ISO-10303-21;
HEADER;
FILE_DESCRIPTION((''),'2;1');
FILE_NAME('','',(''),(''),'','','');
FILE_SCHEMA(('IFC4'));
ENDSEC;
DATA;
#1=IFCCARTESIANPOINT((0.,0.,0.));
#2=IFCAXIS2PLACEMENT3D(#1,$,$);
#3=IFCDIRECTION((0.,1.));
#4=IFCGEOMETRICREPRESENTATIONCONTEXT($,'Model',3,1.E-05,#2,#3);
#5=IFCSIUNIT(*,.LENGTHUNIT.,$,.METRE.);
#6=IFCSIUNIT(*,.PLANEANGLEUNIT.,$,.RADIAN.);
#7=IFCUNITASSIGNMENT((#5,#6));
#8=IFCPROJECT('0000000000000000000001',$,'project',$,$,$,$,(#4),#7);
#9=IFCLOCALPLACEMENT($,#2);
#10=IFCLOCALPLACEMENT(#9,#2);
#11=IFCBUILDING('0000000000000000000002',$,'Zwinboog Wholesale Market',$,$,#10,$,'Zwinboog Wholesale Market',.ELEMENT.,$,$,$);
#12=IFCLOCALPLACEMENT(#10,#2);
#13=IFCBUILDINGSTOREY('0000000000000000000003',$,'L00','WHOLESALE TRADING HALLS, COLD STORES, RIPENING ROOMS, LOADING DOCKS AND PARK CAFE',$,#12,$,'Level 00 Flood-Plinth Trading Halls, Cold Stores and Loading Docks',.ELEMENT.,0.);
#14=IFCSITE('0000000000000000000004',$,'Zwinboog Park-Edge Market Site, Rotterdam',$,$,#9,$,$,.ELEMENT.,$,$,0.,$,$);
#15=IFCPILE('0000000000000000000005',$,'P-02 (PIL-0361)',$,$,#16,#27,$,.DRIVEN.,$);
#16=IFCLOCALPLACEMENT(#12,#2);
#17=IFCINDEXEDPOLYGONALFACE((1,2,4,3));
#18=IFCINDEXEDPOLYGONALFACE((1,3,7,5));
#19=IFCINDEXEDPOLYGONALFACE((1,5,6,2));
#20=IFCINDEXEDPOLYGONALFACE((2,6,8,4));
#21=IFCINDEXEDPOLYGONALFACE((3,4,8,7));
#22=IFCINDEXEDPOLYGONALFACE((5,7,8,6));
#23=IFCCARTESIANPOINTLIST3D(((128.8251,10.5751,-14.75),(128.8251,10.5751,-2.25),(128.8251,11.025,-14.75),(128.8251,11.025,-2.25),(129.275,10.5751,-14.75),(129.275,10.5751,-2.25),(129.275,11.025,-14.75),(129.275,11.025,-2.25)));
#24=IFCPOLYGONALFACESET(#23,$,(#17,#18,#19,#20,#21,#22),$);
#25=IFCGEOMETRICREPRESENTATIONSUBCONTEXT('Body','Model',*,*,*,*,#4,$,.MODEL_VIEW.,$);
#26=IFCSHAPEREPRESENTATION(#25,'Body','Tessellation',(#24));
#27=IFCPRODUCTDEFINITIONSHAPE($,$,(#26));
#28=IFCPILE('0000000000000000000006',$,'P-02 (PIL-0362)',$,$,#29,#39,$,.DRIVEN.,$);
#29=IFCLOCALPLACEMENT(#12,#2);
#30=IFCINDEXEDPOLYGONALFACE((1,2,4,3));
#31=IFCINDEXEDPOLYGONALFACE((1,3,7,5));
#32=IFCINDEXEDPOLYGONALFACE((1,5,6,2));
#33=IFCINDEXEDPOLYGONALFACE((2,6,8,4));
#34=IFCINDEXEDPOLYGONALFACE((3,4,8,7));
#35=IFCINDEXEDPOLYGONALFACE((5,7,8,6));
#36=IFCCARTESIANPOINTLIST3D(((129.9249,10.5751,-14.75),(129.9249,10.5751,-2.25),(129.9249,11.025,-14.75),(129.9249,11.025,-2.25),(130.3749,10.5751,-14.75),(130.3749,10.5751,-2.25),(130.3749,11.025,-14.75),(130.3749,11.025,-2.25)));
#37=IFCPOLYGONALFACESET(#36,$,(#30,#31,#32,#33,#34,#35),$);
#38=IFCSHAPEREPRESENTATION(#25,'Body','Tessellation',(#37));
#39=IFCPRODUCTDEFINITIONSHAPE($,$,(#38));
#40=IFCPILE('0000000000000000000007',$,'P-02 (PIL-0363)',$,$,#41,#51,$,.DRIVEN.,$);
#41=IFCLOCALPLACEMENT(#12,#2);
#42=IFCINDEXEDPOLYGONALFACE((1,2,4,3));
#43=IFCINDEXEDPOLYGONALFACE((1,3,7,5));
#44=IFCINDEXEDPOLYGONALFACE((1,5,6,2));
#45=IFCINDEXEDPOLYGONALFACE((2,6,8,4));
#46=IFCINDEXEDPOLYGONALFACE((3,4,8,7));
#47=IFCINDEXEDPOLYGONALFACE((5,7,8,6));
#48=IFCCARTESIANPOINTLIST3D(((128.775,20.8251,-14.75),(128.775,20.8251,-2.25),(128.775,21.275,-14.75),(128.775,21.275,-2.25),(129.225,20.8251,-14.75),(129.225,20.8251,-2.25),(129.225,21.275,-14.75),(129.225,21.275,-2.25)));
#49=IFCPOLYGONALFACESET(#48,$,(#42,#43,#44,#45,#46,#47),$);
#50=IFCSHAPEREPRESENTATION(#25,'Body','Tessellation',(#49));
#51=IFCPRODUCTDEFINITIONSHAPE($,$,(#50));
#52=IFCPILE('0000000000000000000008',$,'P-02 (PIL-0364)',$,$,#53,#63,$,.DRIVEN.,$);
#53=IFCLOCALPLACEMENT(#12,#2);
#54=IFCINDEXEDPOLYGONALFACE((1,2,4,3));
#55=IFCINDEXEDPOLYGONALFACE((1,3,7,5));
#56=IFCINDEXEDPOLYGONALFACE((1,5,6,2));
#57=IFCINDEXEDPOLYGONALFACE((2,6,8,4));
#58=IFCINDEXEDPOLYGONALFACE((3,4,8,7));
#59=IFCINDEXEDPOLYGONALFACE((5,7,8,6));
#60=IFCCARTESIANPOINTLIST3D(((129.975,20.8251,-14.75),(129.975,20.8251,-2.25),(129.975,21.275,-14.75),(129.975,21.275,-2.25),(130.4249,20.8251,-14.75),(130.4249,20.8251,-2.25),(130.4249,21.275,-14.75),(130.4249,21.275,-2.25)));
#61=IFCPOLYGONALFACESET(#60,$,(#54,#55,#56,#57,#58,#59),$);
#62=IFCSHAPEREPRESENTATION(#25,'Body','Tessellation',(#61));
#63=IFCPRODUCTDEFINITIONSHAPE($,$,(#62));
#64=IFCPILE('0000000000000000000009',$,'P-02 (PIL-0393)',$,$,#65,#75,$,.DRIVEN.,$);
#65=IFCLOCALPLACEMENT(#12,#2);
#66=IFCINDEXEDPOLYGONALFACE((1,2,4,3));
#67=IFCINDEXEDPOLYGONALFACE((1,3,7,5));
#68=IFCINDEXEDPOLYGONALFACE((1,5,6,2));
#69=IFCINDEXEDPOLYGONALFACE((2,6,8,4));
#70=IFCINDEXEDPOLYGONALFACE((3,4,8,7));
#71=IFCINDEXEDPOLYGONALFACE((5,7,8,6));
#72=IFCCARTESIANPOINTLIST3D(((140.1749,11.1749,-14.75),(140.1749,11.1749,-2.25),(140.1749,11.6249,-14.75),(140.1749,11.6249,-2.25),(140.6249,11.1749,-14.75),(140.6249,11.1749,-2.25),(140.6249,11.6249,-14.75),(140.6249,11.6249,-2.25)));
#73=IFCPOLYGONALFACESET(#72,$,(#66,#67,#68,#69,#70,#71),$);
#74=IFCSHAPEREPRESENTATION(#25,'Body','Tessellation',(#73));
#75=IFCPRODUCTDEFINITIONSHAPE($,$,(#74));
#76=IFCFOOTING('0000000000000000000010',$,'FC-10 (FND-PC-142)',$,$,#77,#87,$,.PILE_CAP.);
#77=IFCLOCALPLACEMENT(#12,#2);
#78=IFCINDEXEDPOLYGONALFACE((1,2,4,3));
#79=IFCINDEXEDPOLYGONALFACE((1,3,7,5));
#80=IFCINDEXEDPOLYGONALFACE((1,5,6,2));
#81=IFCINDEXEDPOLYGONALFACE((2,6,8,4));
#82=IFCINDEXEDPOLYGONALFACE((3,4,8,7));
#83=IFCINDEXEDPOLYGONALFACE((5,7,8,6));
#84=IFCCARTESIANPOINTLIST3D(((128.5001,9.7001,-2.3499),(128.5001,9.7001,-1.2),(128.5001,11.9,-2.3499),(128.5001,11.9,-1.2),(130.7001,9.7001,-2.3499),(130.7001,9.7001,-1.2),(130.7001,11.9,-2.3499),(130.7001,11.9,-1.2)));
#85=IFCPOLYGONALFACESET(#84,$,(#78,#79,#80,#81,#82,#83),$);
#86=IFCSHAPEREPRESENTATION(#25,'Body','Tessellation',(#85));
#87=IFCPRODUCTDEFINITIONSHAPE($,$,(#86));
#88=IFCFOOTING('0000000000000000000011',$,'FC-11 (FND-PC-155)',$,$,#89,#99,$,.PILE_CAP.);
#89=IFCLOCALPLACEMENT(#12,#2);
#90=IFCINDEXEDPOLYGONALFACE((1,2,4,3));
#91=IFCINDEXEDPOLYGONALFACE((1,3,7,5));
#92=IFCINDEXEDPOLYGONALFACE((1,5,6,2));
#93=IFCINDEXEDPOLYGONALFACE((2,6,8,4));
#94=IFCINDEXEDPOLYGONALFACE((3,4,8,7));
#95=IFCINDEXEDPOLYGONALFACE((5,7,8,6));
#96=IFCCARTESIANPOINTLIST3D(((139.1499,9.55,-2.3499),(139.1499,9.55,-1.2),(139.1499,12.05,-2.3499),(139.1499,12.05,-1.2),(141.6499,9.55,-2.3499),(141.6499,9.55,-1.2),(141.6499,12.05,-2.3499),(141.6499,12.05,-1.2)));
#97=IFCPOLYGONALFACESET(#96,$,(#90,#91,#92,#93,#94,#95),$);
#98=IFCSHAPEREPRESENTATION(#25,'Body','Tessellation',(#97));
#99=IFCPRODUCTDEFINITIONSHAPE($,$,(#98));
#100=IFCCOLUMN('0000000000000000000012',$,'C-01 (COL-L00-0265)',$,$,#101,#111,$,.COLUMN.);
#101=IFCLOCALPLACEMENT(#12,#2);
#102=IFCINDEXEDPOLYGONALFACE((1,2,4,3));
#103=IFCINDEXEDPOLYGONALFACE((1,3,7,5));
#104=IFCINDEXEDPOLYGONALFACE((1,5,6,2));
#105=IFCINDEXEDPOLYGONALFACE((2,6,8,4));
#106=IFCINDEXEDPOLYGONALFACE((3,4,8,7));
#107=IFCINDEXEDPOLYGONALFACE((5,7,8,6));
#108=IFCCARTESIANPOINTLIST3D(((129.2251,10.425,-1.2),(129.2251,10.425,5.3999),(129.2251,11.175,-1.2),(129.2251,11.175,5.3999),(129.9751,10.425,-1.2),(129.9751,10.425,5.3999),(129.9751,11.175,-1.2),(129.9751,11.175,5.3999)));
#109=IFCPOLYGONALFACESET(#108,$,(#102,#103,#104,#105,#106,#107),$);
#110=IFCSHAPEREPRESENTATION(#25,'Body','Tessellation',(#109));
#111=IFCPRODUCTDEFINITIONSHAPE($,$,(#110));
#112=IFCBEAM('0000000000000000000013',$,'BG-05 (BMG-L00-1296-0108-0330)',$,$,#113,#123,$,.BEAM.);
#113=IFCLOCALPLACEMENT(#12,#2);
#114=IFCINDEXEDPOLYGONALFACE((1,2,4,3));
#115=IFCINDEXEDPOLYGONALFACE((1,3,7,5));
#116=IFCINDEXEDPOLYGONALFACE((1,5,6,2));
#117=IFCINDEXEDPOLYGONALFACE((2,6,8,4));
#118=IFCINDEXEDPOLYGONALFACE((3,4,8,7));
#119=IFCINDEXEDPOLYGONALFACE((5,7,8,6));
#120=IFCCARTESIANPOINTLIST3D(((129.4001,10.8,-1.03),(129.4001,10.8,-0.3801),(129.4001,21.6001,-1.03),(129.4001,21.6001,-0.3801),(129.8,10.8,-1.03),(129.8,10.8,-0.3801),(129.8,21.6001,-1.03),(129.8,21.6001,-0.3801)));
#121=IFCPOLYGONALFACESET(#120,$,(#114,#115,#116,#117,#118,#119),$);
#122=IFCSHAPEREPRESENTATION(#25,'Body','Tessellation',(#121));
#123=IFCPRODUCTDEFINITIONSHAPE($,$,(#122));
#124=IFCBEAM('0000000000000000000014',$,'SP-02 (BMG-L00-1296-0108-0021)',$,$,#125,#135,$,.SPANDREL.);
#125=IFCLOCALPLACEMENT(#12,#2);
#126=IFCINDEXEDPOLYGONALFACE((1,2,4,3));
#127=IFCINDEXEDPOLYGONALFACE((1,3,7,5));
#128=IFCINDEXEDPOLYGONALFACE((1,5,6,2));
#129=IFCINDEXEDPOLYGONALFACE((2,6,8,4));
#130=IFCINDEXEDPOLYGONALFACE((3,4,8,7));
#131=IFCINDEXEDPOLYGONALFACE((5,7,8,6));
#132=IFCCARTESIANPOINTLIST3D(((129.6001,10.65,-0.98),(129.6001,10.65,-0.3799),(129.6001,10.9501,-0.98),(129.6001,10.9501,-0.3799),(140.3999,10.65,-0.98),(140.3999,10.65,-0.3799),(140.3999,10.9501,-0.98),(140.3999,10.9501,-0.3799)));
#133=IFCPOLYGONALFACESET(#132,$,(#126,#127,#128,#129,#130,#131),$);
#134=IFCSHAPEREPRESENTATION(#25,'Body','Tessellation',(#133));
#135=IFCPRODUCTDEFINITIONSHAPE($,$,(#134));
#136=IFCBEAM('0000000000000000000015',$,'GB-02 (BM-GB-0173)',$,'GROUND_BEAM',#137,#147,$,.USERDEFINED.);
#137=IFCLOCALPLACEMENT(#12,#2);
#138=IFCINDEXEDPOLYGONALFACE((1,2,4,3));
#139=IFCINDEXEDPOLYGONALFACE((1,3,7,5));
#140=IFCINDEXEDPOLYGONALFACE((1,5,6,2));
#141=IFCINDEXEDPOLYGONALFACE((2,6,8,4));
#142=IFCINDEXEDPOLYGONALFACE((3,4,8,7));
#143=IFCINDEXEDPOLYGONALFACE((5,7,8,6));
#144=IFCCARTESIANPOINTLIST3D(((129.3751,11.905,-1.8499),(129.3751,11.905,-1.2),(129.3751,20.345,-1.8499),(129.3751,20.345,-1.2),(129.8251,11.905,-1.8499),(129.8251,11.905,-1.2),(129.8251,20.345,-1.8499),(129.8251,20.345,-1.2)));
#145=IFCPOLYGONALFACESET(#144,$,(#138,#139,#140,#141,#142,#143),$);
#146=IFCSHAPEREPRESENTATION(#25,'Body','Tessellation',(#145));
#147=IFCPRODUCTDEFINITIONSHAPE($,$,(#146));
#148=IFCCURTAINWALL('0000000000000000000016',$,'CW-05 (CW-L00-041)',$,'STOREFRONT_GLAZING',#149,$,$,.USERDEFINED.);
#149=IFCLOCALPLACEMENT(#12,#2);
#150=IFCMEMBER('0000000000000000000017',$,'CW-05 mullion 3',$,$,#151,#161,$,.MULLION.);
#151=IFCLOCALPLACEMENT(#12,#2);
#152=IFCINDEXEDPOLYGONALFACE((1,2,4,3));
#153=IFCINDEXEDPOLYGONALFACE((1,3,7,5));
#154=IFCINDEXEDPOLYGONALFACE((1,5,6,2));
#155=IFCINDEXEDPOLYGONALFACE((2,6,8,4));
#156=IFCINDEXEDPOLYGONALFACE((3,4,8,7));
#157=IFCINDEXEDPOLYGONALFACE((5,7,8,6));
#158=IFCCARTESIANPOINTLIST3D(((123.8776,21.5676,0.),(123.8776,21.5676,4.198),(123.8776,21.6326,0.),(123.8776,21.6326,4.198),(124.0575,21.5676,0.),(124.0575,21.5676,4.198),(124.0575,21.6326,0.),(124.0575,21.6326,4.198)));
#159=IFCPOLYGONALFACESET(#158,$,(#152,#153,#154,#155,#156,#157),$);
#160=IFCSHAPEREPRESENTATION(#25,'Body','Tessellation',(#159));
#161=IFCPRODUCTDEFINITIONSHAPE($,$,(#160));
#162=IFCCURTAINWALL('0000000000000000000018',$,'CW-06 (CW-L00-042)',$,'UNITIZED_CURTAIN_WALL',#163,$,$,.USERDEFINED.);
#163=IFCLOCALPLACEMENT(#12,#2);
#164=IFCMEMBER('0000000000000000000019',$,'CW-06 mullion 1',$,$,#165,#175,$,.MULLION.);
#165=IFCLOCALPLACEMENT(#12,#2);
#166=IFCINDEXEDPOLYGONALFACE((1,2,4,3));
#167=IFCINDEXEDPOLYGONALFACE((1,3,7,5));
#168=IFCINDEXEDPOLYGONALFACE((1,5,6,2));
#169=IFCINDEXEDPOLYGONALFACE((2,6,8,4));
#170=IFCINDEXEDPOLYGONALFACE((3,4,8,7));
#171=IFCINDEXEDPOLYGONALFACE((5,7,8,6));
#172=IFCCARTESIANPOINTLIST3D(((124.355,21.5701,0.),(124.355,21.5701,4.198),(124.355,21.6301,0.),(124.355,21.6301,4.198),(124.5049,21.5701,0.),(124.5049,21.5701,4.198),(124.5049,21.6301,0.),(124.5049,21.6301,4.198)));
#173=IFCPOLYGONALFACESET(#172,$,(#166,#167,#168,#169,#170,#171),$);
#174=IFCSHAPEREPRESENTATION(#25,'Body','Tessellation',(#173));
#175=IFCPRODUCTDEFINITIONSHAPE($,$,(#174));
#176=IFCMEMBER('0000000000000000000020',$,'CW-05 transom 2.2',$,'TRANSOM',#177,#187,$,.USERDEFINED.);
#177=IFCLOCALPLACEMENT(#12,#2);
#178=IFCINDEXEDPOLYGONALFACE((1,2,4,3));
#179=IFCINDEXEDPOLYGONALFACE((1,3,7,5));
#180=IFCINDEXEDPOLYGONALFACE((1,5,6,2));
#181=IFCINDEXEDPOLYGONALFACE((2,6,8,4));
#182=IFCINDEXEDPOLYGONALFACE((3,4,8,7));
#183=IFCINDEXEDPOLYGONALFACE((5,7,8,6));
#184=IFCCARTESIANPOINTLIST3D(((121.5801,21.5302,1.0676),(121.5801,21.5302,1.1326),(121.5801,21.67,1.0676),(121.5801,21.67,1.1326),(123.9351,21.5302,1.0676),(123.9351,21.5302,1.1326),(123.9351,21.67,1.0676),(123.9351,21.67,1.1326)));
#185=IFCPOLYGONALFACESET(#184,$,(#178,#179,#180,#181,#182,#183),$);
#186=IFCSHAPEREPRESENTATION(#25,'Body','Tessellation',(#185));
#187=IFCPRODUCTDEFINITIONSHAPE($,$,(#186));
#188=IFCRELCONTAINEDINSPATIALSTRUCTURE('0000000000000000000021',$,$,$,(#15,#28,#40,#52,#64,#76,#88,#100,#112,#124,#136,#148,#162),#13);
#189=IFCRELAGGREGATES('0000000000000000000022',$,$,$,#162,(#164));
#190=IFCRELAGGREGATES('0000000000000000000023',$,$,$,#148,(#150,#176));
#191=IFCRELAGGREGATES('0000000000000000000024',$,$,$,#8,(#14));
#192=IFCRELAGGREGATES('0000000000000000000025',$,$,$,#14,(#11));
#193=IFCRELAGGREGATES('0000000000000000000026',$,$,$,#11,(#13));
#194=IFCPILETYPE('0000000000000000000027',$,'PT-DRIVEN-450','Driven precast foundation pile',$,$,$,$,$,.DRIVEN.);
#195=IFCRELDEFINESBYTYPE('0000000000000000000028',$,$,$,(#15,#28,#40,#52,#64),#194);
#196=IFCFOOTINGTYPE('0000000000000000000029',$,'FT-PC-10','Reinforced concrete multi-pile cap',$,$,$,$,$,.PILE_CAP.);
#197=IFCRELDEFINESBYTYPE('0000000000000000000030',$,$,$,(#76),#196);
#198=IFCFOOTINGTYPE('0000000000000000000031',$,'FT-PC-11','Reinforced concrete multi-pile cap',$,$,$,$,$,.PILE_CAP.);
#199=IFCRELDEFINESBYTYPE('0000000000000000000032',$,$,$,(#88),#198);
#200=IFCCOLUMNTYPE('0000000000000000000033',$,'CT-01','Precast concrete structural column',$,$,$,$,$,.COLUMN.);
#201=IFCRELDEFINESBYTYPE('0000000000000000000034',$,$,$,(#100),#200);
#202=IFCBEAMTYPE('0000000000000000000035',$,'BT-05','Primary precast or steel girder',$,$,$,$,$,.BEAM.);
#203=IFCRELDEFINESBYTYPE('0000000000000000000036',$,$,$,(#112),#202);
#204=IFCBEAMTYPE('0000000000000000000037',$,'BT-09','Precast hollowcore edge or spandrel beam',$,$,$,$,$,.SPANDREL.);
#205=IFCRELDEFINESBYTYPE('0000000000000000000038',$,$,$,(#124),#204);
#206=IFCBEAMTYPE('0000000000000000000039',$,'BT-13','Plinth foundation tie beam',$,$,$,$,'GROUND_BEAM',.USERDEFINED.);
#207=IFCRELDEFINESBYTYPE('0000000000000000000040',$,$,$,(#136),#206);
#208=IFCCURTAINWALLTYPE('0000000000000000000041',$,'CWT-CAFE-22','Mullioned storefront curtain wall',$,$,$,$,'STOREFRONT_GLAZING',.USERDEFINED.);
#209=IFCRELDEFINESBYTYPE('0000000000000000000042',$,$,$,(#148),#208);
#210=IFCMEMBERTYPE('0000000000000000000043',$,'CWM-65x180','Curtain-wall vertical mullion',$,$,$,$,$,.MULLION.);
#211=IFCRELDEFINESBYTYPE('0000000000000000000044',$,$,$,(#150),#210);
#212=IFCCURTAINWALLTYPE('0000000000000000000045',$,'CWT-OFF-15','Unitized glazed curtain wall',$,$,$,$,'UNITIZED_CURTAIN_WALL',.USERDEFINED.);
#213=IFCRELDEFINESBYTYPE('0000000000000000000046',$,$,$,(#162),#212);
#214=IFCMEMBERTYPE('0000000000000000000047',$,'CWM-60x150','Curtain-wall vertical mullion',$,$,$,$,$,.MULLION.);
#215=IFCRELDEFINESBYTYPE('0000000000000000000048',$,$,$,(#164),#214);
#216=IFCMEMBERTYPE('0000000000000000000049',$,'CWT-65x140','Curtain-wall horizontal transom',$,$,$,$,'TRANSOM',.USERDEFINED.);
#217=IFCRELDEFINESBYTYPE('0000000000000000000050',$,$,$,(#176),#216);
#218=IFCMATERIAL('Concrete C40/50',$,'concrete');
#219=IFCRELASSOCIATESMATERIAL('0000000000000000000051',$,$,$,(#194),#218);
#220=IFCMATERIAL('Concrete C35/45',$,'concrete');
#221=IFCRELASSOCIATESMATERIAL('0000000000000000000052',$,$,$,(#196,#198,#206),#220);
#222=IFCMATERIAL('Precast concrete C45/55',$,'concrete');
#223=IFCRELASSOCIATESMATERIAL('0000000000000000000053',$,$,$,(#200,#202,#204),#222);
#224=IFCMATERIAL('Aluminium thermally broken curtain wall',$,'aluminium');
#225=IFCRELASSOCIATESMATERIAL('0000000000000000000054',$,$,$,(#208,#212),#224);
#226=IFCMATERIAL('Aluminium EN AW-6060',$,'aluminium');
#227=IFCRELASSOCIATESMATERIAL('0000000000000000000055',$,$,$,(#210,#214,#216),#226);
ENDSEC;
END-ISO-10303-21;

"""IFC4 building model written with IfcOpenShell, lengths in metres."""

from ifc_helpers import new_model, si_unit, direction, frame, origin, origin_2d, place, context, subcontext, project, spatial, rectangle, extrude, material, material_profile, profile_set, type_object, element, aggregate, save


model = new_model("IFC4")

# Units and contexts
model_context = context("Model", 3, precision=1e-05, world=origin(), true_north=direction((0.0, 1.0)))
body_context = subcontext(model_context, "Body", "Model", "MODEL_VIEW")
ifc_project = project(units=[si_unit("LENGTHUNIT", "METRE"), si_unit("PLANEANGLEUNIT", "RADIAN")], contexts=[model_context])

# Site, building, storey
site_placement = place(None, origin())
site = spatial("IfcSite", under=ifc_project, at=site_placement, Name="Zwinboog Park-Edge Market Site, Rotterdam", CompositionType="ELEMENT", RefElevation=0.0)
building_placement = place(site_placement, origin())
building = spatial("IfcBuilding", under=site, at=building_placement, Name="Zwinboog Wholesale Market", LongName="Zwinboog Wholesale Market", CompositionType="ELEMENT")
storey_placement = place(building_placement, origin())
storey = spatial("IfcBuildingStorey", under=building, at=storey_placement, Name="L00", Description="WHOLESALE TRADING HALLS, COLD STORES, RIPENING ROOMS, LOADING DOCKS AND PARK CAFE", LongName="Level 00 Flood-Plinth Trading Halls, Cold Stores and Loading Docks", CompositionType="ELEMENT", Elevation=0.0)

# Piles
ifc_material_1 = material(Name="Concrete C40/50", Category="concrete")
ifc_material_profile_1 = material_profile(ifc_material_1, rectangle(XDim=0.45, YDim=0.45, at=origin_2d()), Name="PILE SQ450")
ifc_profile_set_1 = profile_set([ifc_material_profile_1], Name="Concrete C40/50")
pile_type = type_object("IfcPileType", Name="PT-DRIVEN-450", Description="Driven precast foundation pile", PredefinedType="DRIVEN", material=ifc_profile_set_1)
for number, where, z_axis, x_axis, name in (
    (1, (129.05, 10.8, -2.25), (0.0, 0.0, -1.0), (1.0, 0.0, 0.0), "P-02 (PIL-0361)"),
    (2, (130.1499, 10.8, -2.25), (0.0, 0.0, -1.0), (1.0, 0.0, 0.0), "P-02 (PIL-0362)"),
    (3, (129.0, 21.05, -2.25), (0.0, 0.0, -1.0), (1.0, 0.0, 0.0), "P-02 (PIL-0363)"),
    (4, (130.2, 21.05, -2.25), (0.0, 0.0, -1.0), (1.0, 0.0, 0.0), "P-02 (PIL-0364)"),
    (5, (140.3999, 11.3999, -2.25), (0.0, 0.0, -1.0), (1.0, 0.0, 0.0), "P-02 (PIL-0393)"),
):
    element("IfcPile", number, at=place(storey_placement, frame(where, z_axis=z_axis, x_axis=x_axis)), inside=storey, type_object=pile_type, Name=name, PredefinedType="DRIVEN", context=body_context, shape_type="SweptSolid", body=[
        extrude(rectangle(XDim=0.45, YDim=0.45, at=origin_2d()), origin(), (0.0, 0.0, 1.0), 12.5),
    ])

# Footings
ifc_material_2 = material(Name="Concrete C35/45", Category="concrete")
footing_type_1 = type_object("IfcFootingType", Name="FT-PC-10", Description="Reinforced concrete multi-pile cap", PredefinedType="PILE_CAP", material=ifc_material_2)
footing_1_placement = place(storey_placement, frame((129.6001, 10.8, -2.3499), z_axis=(0.0, 0.0, 1.0), x_axis=(1.0, 0.0, 0.0)))
element("IfcFooting", 6, at=footing_1_placement, inside=storey, type_object=footing_type_1, Name="FC-10 (FND-PC-142)", PredefinedType="PILE_CAP", context=body_context, shape_type="SweptSolid", body=[
    extrude(rectangle(XDim=2.2, YDim=2.2, at=origin_2d()), origin(), (0.0, 0.0, 1.0), 1.1499),
])
footing_type_2 = type_object("IfcFootingType", Name="FT-PC-11", Description="Reinforced concrete multi-pile cap", PredefinedType="PILE_CAP", material=ifc_material_2)
footing_2_placement = place(storey_placement, frame((140.3999, 10.8, -2.3499), z_axis=(0.0, 0.0, 1.0), x_axis=(1.0, 0.0, 0.0)))
element("IfcFooting", 7, at=footing_2_placement, inside=storey, type_object=footing_type_2, Name="FC-11 (FND-PC-155)", PredefinedType="PILE_CAP", context=body_context, shape_type="SweptSolid", body=[
    extrude(rectangle(XDim=2.5, YDim=2.5, at=origin_2d()), origin(), (0.0, 0.0, 1.0), 1.1499),
])

# Column
ifc_material_3 = material(Name="Precast concrete C45/55", Category="concrete")
ifc_material_profile_2 = material_profile(ifc_material_3, rectangle(XDim=0.75, YDim=0.75, at=origin_2d()), Name="PC 750x750")
ifc_profile_set_2 = profile_set([ifc_material_profile_2], Name="Precast concrete C45/55")
column_type = type_object("IfcColumnType", Name="CT-01", Description="Precast concrete structural column", PredefinedType="COLUMN", material=ifc_profile_set_2)
column_placement = place(storey_placement, frame((129.6001, 10.8, -1.2), z_axis=(0.0, 0.0, 1.0), x_axis=(1.0, 0.0, 0.0)))
element("IfcColumn", 8, at=column_placement, inside=storey, type_object=column_type, Name="C-01 (COL-L00-0265)", PredefinedType="COLUMN", context=body_context, shape_type="SweptSolid", body=[
    extrude(rectangle(XDim=0.75, YDim=0.75, at=origin_2d()), origin(), (0.0, 0.0, 1.0), 6.5999),
])

# Beams
ifc_material_profile_3 = material_profile(ifc_material_3, rectangle(XDim=0.3999, YDim=0.6499, at=origin_2d()), Name="PC 400x650")
ifc_profile_set_3 = profile_set([ifc_material_profile_3], Name="Precast concrete C45/55")
beam_type_1 = type_object("IfcBeamType", Name="BT-05", Description="Primary precast or steel girder", PredefinedType="BEAM", material=ifc_profile_set_3)
beam_1_placement = place(storey_placement, frame((129.6001, 10.8, -0.7051), z_axis=(0.0, 1.0, 0.0), x_axis=(-1.0, 0.0, 0.0)))
element("IfcBeam", 9, at=beam_1_placement, inside=storey, type_object=beam_type_1, Name="BG-05 (BMG-L00-1296-0108-0330)", PredefinedType="BEAM", context=body_context, shape_type="SweptSolid", body=[
    extrude(rectangle(XDim=0.3999, YDim=0.6499, at=origin_2d()), origin(), (0.0, 0.0, 1.0), 10.8),
])
ifc_material_profile_4 = material_profile(ifc_material_3, rectangle(XDim=0.3, YDim=0.6001, at=origin_2d()), Name="PC 300x600")
ifc_profile_set_4 = profile_set([ifc_material_profile_4], Name="Precast concrete C45/55")
beam_type_2 = type_object("IfcBeamType", Name="BT-09", Description="Precast hollowcore edge or spandrel beam", PredefinedType="SPANDREL", material=ifc_profile_set_4)
beam_2_placement = place(storey_placement, frame((129.6001, 10.8, -0.6799), z_axis=(1.0, 0.0, 0.0), x_axis=(0.0, 1.0, 0.0)))
element("IfcBeam", 10, at=beam_2_placement, inside=storey, type_object=beam_type_2, Name="SP-02 (BMG-L00-1296-0108-0021)", PredefinedType="SPANDREL", context=body_context, shape_type="SweptSolid", body=[
    extrude(rectangle(XDim=0.3, YDim=0.6001, at=origin_2d()), origin(), (0.0, 0.0, 1.0), 10.7998),
])
ifc_material_profile_5 = material_profile(ifc_material_2, rectangle(XDim=0.45, YDim=0.6499, at=origin_2d()), Name="RC 450x650")
ifc_profile_set_5 = profile_set([ifc_material_profile_5], Name="Concrete C35/45")
beam_type_3 = type_object("IfcBeamType", Name="BT-13", Description="Plinth foundation tie beam", ElementType="GROUND_BEAM", PredefinedType="USERDEFINED", material=ifc_profile_set_5)
beam_3_placement = place(storey_placement, frame((129.6001, 11.905, -1.5249), z_axis=(0.0, 1.0, 0.0), x_axis=(-1.0, 0.0, 0.0)))
element("IfcBeam", 11, at=beam_3_placement, inside=storey, type_object=beam_type_3, Name="GB-02 (BM-GB-0173)", ObjectType="GROUND_BEAM", PredefinedType="USERDEFINED", context=body_context, shape_type="SweptSolid", body=[
    extrude(rectangle(XDim=0.45, YDim=0.6499, at=origin_2d()), origin(), (0.0, 0.0, 1.0), 8.4399),
])

# Curtain walls, members
ifc_material_4 = material(Name="Aluminium thermally broken curtain wall", Category="aluminium")
curtain_wall_type_1 = type_object("IfcCurtainWallType", Name="CWT-CAFE-22", Description="Mullioned storefront curtain wall", ElementType="STOREFRONT_GLAZING", PredefinedType="USERDEFINED", material=ifc_material_4)
curtain_wall_1_placement = place(storey_placement, origin())
curtain_wall_1 = element("IfcCurtainWall", 12, at=curtain_wall_1_placement, inside=storey, type_object=curtain_wall_type_1, Name="CW-05 (CW-L00-041)", ObjectType="STOREFRONT_GLAZING", PredefinedType="USERDEFINED")
ifc_material_5 = material(Name="Aluminium EN AW-6060", Category="aluminium")
ifc_material_profile_6 = material_profile(ifc_material_5, rectangle(XDim=0.0649, YDim=0.1799, at=origin_2d()), Name="AL 65x180")
ifc_profile_set_6 = profile_set([ifc_material_profile_6], Name="Aluminium EN AW-6060")
member_type_1 = type_object("IfcMemberType", Name="CWM-65x180", Description="Curtain-wall vertical mullion", PredefinedType="MULLION", material=ifc_profile_set_6)
member_1_placement = place(storey_placement, frame((123.9675, 21.6001, 0.0), z_axis=(0.0, 0.0, 1.0), x_axis=(0.0, 1.0, 0.0)))
member_1 = element("IfcMember", 13, at=member_1_placement, type_object=member_type_1, Name="CW-05 mullion 3", PredefinedType="MULLION", context=body_context, shape_type="SweptSolid", body=[
    extrude(rectangle(XDim=0.0649, YDim=0.1799, at=origin_2d()), origin(), (0.0, 0.0, 1.0), 4.198),
])
curtain_wall_type_2 = type_object("IfcCurtainWallType", Name="CWT-OFF-15", Description="Unitized glazed curtain wall", ElementType="UNITIZED_CURTAIN_WALL", PredefinedType="USERDEFINED", material=ifc_material_4)
curtain_wall_2_placement = place(storey_placement, origin())
curtain_wall_2 = element("IfcCurtainWall", 14, at=curtain_wall_2_placement, inside=storey, type_object=curtain_wall_type_2, Name="CW-06 (CW-L00-042)", ObjectType="UNITIZED_CURTAIN_WALL", PredefinedType="USERDEFINED")
ifc_material_profile_7 = material_profile(ifc_material_5, rectangle(XDim=0.0601, YDim=0.1499, at=origin_2d()), Name="AL 60x150")
ifc_profile_set_7 = profile_set([ifc_material_profile_7], Name="Aluminium EN AW-6060")
member_type_2 = type_object("IfcMemberType", Name="CWM-60x150", Description="Curtain-wall vertical mullion", PredefinedType="MULLION", material=ifc_profile_set_7)
member_2_placement = place(storey_placement, frame((124.4299, 21.6001, 0.0), z_axis=(0.0, 0.0, 1.0), x_axis=(0.0, 1.0, 0.0)))
member_2 = element("IfcMember", 15, at=member_2_placement, type_object=member_type_2, Name="CW-06 mullion 1", PredefinedType="MULLION", context=body_context, shape_type="SweptSolid", body=[
    extrude(rectangle(XDim=0.0601, YDim=0.1499, at=origin_2d()), origin(), (0.0, 0.0, 1.0), 4.198),
])

# Member
ifc_material_profile_8 = material_profile(ifc_material_5, rectangle(XDim=0.1399, YDim=0.0649, at=origin_2d()), Name="AL 65x140")
ifc_profile_set_8 = profile_set([ifc_material_profile_8], Name="Aluminium EN AW-6060")
member_type_3 = type_object("IfcMemberType", Name="CWT-65x140", Description="Curtain-wall horizontal transom", ElementType="TRANSOM", PredefinedType="USERDEFINED", material=ifc_profile_set_8)
member_3_placement = place(storey_placement, frame((121.5801, 21.6001, 1.1001), z_axis=(1.0, 0.0, 0.0), x_axis=(0.0, 1.0, 0.0)))
member_3 = element("IfcMember", 16, at=member_3_placement, type_object=member_type_3, Name="CW-05 transom 2.2", ObjectType="TRANSOM", PredefinedType="USERDEFINED", context=body_context, shape_type="SweptSolid", body=[
    extrude(rectangle(XDim=0.1399, YDim=0.0649, at=origin_2d()), origin(), (0.0, 0.0, 1.0), 2.355),
])
aggregate(curtain_wall_2, [member_2])

aggregate(curtain_wall_1, [member_1, member_3])

save(model, "model.ifc")
